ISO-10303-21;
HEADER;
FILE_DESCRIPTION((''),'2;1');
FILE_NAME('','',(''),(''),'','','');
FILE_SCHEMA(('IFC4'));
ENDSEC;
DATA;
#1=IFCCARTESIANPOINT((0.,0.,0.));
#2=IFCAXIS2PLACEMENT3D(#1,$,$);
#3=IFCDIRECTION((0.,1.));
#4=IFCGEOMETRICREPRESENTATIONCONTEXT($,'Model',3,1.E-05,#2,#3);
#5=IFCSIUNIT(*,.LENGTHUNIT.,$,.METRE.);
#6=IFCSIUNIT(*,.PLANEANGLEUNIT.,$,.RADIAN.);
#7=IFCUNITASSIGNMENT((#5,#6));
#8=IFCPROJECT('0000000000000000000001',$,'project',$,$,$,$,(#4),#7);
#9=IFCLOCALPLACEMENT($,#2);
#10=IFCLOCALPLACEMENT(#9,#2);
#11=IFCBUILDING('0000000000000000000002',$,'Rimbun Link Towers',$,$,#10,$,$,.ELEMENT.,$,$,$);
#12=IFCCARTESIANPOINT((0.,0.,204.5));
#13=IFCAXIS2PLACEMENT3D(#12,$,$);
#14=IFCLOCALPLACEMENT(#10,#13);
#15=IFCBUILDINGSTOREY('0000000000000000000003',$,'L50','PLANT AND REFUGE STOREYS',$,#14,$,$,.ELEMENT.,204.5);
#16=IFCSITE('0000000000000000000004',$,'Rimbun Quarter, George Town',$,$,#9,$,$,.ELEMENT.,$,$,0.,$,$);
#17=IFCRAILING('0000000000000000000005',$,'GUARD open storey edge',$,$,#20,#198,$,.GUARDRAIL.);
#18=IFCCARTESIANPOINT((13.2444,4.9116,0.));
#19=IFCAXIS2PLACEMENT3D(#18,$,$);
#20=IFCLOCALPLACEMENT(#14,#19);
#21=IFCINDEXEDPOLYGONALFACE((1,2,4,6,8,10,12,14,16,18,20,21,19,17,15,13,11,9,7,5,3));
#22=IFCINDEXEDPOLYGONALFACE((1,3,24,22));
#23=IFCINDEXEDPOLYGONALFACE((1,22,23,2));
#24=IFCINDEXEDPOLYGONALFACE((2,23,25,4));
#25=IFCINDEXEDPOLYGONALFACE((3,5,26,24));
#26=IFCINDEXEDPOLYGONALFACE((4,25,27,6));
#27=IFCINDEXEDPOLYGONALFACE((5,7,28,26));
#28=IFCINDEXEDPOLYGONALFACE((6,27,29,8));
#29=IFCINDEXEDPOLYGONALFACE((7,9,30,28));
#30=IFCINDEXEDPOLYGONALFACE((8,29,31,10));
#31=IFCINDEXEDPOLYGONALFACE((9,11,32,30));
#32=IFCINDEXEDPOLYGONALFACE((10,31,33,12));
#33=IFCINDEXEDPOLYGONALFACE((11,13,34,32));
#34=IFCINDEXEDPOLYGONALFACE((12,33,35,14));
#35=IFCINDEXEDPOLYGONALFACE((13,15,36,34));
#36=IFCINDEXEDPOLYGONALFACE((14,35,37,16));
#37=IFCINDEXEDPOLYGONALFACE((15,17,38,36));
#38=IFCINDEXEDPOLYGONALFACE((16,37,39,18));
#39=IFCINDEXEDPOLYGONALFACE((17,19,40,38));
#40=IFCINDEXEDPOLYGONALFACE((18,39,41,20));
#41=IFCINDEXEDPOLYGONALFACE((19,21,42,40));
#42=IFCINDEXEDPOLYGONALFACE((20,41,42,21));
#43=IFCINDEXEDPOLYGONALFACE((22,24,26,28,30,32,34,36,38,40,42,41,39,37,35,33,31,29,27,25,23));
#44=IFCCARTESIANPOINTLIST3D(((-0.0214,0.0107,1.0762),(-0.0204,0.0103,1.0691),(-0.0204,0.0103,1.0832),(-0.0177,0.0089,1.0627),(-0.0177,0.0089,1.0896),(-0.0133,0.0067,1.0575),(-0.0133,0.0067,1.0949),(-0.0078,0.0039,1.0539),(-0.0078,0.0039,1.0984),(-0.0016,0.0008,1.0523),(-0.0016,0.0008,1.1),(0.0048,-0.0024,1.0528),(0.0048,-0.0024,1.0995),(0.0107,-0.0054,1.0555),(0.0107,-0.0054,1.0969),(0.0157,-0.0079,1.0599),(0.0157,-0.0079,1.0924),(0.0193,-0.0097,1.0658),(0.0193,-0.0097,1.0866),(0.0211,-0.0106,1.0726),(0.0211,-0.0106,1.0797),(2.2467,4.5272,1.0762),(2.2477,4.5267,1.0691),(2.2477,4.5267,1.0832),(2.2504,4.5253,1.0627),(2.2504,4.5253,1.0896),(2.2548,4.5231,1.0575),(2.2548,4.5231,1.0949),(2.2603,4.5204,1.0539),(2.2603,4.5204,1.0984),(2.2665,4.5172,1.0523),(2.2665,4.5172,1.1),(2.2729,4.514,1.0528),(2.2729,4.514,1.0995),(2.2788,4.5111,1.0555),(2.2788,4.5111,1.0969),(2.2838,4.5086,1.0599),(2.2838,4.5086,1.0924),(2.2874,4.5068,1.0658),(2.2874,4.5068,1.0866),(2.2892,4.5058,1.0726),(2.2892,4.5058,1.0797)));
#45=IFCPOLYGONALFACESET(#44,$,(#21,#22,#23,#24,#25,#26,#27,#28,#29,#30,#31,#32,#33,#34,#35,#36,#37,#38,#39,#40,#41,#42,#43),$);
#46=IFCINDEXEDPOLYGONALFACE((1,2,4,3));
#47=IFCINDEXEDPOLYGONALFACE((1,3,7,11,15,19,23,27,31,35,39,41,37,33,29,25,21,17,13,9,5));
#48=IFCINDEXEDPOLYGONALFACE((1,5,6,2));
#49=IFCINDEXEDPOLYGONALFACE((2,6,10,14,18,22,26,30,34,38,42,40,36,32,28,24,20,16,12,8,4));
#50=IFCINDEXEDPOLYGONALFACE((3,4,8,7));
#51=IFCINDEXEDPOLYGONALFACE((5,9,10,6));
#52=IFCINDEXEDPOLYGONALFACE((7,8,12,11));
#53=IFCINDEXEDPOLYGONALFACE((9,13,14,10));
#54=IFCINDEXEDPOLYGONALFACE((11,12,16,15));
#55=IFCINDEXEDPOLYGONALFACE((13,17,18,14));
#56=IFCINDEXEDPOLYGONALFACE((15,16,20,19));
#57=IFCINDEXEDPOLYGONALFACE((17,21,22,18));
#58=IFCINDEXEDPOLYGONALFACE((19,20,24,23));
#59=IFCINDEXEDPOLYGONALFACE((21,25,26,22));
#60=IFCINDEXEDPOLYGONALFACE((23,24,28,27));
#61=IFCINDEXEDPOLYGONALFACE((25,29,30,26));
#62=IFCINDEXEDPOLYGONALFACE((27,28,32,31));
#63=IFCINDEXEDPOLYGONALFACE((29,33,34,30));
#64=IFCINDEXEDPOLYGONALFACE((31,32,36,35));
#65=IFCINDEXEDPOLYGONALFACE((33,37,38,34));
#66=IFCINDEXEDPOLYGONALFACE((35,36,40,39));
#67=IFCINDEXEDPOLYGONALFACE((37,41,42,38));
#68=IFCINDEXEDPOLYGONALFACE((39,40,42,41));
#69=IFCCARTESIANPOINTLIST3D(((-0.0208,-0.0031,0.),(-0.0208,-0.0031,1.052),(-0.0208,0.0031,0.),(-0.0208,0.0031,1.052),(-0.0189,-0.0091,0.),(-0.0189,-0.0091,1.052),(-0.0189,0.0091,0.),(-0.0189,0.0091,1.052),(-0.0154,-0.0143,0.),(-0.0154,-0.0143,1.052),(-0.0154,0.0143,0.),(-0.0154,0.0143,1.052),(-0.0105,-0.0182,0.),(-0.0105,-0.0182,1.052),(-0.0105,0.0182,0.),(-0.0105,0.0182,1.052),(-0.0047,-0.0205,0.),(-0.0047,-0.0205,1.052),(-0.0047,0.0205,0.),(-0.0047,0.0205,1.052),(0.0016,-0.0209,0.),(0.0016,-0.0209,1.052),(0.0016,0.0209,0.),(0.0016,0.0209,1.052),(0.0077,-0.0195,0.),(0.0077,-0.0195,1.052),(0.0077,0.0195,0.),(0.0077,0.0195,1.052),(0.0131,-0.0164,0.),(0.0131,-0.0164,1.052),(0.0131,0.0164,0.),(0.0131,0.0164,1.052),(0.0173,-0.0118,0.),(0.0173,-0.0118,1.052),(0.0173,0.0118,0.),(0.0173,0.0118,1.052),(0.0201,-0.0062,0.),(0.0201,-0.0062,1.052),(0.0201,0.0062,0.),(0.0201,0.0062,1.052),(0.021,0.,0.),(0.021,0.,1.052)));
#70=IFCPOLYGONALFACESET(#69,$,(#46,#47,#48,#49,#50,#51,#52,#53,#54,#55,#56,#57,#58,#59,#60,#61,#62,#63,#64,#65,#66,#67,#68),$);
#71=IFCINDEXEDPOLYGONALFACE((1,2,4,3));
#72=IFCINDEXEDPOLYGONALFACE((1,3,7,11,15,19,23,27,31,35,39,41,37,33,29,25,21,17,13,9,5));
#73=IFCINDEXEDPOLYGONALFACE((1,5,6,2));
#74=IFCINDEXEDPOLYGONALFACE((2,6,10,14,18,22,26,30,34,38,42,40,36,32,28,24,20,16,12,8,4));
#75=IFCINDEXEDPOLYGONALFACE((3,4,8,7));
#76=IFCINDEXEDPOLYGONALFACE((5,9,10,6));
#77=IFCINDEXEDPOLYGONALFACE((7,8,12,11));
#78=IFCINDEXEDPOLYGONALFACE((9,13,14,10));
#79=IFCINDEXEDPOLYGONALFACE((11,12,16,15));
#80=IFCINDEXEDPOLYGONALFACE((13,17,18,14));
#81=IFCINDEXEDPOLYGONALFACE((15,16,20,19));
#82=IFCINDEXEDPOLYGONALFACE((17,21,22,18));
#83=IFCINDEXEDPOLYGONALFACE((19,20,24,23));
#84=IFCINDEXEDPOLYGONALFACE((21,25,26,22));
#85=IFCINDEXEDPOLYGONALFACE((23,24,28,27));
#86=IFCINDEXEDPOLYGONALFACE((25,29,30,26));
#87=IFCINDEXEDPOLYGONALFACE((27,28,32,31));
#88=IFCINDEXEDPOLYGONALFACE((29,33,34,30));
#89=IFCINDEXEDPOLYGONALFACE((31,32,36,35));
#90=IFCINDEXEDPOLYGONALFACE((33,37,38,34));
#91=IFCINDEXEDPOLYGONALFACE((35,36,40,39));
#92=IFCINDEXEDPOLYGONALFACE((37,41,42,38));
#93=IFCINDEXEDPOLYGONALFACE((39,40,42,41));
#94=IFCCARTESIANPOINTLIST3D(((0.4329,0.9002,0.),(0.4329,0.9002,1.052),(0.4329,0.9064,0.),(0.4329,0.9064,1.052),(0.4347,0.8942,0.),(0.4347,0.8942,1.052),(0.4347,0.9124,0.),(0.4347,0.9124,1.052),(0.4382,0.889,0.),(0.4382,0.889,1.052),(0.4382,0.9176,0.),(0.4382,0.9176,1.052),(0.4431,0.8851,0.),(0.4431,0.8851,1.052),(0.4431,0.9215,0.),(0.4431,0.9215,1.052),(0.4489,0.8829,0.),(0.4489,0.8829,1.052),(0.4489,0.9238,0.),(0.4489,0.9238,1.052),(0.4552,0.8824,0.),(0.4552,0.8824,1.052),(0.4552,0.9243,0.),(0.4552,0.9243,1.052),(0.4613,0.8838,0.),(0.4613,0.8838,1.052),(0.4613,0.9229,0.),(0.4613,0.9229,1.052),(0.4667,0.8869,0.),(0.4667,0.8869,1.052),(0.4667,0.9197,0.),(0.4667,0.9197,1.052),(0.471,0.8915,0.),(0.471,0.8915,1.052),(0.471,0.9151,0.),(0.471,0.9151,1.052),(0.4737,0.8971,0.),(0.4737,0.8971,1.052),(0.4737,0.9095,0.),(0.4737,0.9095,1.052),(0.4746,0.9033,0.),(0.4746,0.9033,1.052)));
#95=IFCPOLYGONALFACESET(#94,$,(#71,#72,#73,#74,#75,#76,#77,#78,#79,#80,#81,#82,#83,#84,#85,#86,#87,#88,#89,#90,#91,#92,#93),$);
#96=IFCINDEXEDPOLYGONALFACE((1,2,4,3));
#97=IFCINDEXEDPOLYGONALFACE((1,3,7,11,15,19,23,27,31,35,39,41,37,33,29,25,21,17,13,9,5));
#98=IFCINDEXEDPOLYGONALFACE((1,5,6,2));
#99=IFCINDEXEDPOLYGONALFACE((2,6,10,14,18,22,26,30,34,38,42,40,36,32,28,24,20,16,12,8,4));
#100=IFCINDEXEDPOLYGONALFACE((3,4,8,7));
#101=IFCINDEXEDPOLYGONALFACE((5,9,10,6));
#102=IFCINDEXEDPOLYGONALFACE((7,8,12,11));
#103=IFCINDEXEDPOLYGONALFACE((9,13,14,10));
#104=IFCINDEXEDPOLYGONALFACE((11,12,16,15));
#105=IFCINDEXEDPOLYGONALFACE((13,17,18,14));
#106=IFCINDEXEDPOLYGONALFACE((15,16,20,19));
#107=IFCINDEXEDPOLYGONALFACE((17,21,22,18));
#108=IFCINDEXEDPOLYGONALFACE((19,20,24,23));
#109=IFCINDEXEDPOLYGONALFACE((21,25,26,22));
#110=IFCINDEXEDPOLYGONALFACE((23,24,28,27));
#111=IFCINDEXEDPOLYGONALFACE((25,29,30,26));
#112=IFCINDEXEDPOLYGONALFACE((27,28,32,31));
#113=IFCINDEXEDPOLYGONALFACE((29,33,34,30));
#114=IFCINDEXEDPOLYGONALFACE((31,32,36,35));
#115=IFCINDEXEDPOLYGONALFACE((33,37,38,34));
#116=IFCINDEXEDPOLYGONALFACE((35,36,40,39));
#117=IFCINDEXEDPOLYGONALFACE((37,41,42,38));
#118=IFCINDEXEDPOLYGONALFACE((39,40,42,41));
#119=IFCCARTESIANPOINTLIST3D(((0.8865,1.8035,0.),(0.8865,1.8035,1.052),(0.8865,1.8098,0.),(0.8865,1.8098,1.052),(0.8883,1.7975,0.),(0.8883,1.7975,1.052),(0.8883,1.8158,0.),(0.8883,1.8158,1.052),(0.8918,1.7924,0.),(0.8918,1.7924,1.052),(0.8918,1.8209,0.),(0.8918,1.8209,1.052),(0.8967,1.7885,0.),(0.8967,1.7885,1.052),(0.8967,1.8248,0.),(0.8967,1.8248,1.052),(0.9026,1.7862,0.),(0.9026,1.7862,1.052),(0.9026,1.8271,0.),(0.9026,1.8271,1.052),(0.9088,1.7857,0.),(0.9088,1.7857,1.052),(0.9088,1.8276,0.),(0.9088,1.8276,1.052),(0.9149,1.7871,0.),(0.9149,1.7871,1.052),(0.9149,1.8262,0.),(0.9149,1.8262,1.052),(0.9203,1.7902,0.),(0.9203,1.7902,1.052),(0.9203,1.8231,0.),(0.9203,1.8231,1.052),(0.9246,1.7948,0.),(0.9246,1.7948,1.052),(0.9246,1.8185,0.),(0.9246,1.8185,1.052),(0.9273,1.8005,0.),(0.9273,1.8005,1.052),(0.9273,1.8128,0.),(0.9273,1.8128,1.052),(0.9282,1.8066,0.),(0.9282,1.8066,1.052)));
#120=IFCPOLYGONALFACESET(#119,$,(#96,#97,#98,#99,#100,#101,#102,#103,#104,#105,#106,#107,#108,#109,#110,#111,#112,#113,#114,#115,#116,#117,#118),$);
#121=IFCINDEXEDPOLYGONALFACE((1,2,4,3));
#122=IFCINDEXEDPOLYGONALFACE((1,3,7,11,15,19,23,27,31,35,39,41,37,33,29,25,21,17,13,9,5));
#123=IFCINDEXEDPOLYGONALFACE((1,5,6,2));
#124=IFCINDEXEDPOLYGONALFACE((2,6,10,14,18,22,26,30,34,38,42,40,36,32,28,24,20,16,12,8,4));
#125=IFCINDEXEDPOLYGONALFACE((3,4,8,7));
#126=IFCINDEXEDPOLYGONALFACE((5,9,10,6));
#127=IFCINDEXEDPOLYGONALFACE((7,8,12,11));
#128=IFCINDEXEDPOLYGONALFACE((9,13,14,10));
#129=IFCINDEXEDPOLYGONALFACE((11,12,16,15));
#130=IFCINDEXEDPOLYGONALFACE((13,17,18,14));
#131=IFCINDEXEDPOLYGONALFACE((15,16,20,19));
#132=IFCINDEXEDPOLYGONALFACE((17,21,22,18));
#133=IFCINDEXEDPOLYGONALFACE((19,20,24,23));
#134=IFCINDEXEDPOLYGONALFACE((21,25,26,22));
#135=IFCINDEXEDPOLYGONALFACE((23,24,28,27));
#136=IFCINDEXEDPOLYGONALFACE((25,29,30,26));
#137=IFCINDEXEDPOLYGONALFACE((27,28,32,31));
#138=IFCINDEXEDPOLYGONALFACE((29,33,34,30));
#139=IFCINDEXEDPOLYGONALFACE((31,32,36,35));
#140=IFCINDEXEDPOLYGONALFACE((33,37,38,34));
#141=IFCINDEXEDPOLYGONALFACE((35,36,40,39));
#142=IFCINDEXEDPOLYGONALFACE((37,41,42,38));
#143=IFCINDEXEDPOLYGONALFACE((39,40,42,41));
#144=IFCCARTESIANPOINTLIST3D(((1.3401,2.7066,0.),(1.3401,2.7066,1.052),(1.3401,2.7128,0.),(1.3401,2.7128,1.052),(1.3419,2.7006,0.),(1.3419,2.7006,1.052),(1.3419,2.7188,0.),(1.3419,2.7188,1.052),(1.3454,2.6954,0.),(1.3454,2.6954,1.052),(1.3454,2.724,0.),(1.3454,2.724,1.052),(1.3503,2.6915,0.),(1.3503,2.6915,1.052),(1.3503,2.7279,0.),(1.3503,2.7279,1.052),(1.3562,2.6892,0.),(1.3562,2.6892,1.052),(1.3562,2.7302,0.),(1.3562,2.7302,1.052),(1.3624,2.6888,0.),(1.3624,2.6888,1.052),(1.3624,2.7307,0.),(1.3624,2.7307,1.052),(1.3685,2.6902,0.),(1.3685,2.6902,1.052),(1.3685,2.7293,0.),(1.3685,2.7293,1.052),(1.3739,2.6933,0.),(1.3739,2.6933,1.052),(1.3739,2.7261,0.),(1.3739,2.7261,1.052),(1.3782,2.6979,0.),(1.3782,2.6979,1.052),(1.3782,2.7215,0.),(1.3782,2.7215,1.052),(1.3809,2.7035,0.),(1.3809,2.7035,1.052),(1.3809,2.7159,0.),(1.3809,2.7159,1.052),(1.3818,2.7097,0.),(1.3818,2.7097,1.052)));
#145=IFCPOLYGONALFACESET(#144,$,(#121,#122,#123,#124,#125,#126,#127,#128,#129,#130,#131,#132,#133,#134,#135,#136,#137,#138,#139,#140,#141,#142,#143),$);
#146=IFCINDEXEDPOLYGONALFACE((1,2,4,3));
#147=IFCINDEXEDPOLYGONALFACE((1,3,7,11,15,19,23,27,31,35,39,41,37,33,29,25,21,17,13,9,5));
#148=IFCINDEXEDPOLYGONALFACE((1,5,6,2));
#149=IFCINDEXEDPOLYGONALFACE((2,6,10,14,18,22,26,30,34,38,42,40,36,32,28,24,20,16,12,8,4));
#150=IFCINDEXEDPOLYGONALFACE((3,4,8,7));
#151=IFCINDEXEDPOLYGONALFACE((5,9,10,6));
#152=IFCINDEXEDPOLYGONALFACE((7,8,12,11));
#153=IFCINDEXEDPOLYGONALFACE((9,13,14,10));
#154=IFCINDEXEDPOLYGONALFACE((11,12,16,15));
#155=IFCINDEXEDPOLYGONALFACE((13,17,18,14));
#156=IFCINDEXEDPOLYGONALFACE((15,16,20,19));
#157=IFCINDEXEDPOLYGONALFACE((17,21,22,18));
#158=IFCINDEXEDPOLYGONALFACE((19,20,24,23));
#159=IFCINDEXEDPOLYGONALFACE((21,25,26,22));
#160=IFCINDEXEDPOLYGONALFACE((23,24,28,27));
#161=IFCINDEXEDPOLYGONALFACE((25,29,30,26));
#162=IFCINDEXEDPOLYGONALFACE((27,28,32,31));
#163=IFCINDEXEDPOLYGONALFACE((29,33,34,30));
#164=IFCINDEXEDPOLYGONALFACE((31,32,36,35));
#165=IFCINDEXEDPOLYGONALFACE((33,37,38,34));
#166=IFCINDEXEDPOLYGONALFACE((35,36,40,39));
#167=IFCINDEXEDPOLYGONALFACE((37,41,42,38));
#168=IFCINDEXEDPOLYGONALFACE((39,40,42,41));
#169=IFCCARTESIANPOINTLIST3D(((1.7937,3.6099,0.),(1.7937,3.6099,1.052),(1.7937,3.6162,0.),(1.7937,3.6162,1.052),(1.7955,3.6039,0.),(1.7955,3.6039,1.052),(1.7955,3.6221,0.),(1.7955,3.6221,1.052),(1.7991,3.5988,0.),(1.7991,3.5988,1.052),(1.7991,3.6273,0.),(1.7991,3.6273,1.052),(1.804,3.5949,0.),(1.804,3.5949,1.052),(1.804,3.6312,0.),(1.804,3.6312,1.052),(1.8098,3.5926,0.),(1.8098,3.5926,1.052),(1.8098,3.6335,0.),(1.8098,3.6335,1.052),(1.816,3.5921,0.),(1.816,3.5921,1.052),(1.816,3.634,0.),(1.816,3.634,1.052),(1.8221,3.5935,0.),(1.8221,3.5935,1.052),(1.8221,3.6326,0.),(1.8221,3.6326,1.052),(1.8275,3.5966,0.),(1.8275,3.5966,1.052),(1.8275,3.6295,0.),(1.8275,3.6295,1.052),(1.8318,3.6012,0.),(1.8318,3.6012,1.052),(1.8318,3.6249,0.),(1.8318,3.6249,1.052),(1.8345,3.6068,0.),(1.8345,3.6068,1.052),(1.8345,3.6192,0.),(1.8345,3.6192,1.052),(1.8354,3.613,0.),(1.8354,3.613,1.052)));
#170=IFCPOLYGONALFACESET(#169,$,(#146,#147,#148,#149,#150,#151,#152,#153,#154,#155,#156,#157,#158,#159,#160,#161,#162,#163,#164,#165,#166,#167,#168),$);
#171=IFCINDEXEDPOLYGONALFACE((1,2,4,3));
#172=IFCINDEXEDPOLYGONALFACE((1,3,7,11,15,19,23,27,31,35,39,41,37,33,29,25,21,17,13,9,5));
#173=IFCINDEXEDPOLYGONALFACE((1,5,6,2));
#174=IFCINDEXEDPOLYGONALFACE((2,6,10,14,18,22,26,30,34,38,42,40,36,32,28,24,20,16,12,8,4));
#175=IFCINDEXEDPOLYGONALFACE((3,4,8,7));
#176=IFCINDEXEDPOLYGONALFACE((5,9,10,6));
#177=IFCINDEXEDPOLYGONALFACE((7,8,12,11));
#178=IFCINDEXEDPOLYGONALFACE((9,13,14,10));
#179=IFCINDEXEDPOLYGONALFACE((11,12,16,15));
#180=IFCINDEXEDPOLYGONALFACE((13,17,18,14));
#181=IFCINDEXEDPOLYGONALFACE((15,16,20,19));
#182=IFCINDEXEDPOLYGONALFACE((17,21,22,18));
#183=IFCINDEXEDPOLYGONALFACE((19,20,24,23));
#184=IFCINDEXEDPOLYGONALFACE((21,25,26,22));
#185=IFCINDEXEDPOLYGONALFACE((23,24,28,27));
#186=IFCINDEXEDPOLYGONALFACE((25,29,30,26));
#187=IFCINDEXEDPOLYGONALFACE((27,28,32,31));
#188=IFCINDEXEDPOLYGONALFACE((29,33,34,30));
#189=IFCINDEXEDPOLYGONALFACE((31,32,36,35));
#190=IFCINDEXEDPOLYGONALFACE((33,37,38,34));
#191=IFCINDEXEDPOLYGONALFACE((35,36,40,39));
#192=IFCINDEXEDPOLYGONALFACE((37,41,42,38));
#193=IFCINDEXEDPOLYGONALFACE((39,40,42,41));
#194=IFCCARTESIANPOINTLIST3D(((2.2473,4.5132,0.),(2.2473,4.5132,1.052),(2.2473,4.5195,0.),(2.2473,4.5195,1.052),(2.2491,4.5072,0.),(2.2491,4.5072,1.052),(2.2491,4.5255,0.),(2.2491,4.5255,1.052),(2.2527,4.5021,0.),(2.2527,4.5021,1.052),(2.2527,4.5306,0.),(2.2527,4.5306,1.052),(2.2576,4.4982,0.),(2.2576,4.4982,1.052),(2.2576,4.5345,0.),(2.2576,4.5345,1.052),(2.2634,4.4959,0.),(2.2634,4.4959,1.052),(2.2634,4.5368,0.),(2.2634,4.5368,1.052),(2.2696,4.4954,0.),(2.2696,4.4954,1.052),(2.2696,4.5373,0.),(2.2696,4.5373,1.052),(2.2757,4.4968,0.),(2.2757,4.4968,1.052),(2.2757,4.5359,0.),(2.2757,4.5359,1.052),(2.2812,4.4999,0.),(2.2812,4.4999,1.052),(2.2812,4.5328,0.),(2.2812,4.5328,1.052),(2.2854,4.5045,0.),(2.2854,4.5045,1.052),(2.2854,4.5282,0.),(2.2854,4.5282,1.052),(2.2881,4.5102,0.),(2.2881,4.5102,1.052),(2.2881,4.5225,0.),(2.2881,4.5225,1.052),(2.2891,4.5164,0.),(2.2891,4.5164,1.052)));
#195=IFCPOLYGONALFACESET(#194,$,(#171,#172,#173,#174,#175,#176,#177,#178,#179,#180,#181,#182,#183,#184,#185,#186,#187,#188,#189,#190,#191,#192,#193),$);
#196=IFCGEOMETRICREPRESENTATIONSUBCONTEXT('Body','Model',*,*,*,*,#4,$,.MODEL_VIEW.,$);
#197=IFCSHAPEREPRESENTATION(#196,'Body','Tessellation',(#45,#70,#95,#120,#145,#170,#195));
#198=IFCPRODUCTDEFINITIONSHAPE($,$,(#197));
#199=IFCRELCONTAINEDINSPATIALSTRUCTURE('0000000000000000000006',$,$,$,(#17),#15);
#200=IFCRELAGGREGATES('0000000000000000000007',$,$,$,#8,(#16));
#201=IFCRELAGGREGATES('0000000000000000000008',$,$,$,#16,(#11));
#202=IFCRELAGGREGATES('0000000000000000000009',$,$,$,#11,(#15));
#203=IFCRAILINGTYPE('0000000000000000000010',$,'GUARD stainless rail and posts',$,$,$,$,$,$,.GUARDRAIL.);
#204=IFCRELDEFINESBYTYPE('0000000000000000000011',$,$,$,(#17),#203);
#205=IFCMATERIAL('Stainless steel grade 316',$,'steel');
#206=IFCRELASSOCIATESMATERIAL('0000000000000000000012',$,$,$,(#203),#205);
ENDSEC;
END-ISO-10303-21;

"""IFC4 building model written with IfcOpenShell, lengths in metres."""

from ifc_helpers import new_model, si_unit, direction, frame, origin, origin_2d, place, context, subcontext, project, spatial, circle, extrude, material, type_object, element, save


model = new_model("IFC4")

# Units and contexts
model_context = context("Model", 3, precision=1e-05, world=origin(), true_north=direction((0.0, 1.0)))
body_context = subcontext(model_context, "Body", "Model", "MODEL_VIEW")
ifc_project = project(units=[si_unit("LENGTHUNIT", "METRE"), si_unit("PLANEANGLEUNIT", "RADIAN")], contexts=[model_context])

# Site, building, storey
site_placement = place(None, origin())
site = spatial("IfcSite", under=ifc_project, at=site_placement, Name="Rimbun Quarter, George Town", CompositionType="ELEMENT", RefElevation=0.0)
building_placement = place(site_placement, origin())
building = spatial("IfcBuilding", under=site, at=building_placement, Name="Rimbun Link Towers", CompositionType="ELEMENT")
storey_placement = place(building_placement, frame((0.0, 0.0, 204.5)))
storey = spatial("IfcBuildingStorey", under=building, at=storey_placement, Name="L50", Description="PLANT AND REFUGE STOREYS", CompositionType="ELEMENT", Elevation=204.5)

# Railing
ifc_material_1 = material(Name="Stainless steel grade 316", Category="steel")
railing_type = type_object("IfcRailingType", Name="GUARD stainless rail and posts", PredefinedType="GUARDRAIL", material=ifc_material_1)
railing_1_placement = place(storey_placement, frame((13.2444, 4.9116, 0.0)))
element("IfcRailing", 1, at=railing_1_placement, inside=storey, type_object=railing_type, Name="GUARD open storey edge", PredefinedType="GUARDRAIL", context=body_context, shape_type="SweptSolid", body=[
    extrude(circle(Radius=0.0239, at=origin_2d()), frame((0.0, 0.0, 1.0762), z_axis=(0.448778, 0.893643, 0.0), x_axis=(-0.893643, 0.448778, 0.0)), (0.0, 0.0, 1.0), 5.054),
    extrude(circle(Radius=0.021, at=origin_2d()), origin(), (0.0, 0.0, 1.0), 1.052),
    extrude(circle(Radius=0.021, at=origin_2d()), frame((0.4536, 0.9033, 0.0)), (0.0, 0.0, 1.0), 1.052),
    extrude(circle(Radius=0.021, at=origin_2d()), frame((0.9072, 1.8066, 0.0)), (0.0, 0.0, 1.0), 1.052),
    extrude(circle(Radius=0.021, at=origin_2d()), frame((1.3608, 2.7097, 0.0)), (0.0, 0.0, 1.0), 1.052),
    extrude(circle(Radius=0.021, at=origin_2d()), frame((1.8145, 3.613, 0.0)), (0.0, 0.0, 1.0), 1.052),
    extrude(circle(Radius=0.021, at=origin_2d()), frame((2.2681, 4.5164, 0.0)), (0.0, 0.0, 1.0), 1.052),
])

save(model, "model.ifc")
